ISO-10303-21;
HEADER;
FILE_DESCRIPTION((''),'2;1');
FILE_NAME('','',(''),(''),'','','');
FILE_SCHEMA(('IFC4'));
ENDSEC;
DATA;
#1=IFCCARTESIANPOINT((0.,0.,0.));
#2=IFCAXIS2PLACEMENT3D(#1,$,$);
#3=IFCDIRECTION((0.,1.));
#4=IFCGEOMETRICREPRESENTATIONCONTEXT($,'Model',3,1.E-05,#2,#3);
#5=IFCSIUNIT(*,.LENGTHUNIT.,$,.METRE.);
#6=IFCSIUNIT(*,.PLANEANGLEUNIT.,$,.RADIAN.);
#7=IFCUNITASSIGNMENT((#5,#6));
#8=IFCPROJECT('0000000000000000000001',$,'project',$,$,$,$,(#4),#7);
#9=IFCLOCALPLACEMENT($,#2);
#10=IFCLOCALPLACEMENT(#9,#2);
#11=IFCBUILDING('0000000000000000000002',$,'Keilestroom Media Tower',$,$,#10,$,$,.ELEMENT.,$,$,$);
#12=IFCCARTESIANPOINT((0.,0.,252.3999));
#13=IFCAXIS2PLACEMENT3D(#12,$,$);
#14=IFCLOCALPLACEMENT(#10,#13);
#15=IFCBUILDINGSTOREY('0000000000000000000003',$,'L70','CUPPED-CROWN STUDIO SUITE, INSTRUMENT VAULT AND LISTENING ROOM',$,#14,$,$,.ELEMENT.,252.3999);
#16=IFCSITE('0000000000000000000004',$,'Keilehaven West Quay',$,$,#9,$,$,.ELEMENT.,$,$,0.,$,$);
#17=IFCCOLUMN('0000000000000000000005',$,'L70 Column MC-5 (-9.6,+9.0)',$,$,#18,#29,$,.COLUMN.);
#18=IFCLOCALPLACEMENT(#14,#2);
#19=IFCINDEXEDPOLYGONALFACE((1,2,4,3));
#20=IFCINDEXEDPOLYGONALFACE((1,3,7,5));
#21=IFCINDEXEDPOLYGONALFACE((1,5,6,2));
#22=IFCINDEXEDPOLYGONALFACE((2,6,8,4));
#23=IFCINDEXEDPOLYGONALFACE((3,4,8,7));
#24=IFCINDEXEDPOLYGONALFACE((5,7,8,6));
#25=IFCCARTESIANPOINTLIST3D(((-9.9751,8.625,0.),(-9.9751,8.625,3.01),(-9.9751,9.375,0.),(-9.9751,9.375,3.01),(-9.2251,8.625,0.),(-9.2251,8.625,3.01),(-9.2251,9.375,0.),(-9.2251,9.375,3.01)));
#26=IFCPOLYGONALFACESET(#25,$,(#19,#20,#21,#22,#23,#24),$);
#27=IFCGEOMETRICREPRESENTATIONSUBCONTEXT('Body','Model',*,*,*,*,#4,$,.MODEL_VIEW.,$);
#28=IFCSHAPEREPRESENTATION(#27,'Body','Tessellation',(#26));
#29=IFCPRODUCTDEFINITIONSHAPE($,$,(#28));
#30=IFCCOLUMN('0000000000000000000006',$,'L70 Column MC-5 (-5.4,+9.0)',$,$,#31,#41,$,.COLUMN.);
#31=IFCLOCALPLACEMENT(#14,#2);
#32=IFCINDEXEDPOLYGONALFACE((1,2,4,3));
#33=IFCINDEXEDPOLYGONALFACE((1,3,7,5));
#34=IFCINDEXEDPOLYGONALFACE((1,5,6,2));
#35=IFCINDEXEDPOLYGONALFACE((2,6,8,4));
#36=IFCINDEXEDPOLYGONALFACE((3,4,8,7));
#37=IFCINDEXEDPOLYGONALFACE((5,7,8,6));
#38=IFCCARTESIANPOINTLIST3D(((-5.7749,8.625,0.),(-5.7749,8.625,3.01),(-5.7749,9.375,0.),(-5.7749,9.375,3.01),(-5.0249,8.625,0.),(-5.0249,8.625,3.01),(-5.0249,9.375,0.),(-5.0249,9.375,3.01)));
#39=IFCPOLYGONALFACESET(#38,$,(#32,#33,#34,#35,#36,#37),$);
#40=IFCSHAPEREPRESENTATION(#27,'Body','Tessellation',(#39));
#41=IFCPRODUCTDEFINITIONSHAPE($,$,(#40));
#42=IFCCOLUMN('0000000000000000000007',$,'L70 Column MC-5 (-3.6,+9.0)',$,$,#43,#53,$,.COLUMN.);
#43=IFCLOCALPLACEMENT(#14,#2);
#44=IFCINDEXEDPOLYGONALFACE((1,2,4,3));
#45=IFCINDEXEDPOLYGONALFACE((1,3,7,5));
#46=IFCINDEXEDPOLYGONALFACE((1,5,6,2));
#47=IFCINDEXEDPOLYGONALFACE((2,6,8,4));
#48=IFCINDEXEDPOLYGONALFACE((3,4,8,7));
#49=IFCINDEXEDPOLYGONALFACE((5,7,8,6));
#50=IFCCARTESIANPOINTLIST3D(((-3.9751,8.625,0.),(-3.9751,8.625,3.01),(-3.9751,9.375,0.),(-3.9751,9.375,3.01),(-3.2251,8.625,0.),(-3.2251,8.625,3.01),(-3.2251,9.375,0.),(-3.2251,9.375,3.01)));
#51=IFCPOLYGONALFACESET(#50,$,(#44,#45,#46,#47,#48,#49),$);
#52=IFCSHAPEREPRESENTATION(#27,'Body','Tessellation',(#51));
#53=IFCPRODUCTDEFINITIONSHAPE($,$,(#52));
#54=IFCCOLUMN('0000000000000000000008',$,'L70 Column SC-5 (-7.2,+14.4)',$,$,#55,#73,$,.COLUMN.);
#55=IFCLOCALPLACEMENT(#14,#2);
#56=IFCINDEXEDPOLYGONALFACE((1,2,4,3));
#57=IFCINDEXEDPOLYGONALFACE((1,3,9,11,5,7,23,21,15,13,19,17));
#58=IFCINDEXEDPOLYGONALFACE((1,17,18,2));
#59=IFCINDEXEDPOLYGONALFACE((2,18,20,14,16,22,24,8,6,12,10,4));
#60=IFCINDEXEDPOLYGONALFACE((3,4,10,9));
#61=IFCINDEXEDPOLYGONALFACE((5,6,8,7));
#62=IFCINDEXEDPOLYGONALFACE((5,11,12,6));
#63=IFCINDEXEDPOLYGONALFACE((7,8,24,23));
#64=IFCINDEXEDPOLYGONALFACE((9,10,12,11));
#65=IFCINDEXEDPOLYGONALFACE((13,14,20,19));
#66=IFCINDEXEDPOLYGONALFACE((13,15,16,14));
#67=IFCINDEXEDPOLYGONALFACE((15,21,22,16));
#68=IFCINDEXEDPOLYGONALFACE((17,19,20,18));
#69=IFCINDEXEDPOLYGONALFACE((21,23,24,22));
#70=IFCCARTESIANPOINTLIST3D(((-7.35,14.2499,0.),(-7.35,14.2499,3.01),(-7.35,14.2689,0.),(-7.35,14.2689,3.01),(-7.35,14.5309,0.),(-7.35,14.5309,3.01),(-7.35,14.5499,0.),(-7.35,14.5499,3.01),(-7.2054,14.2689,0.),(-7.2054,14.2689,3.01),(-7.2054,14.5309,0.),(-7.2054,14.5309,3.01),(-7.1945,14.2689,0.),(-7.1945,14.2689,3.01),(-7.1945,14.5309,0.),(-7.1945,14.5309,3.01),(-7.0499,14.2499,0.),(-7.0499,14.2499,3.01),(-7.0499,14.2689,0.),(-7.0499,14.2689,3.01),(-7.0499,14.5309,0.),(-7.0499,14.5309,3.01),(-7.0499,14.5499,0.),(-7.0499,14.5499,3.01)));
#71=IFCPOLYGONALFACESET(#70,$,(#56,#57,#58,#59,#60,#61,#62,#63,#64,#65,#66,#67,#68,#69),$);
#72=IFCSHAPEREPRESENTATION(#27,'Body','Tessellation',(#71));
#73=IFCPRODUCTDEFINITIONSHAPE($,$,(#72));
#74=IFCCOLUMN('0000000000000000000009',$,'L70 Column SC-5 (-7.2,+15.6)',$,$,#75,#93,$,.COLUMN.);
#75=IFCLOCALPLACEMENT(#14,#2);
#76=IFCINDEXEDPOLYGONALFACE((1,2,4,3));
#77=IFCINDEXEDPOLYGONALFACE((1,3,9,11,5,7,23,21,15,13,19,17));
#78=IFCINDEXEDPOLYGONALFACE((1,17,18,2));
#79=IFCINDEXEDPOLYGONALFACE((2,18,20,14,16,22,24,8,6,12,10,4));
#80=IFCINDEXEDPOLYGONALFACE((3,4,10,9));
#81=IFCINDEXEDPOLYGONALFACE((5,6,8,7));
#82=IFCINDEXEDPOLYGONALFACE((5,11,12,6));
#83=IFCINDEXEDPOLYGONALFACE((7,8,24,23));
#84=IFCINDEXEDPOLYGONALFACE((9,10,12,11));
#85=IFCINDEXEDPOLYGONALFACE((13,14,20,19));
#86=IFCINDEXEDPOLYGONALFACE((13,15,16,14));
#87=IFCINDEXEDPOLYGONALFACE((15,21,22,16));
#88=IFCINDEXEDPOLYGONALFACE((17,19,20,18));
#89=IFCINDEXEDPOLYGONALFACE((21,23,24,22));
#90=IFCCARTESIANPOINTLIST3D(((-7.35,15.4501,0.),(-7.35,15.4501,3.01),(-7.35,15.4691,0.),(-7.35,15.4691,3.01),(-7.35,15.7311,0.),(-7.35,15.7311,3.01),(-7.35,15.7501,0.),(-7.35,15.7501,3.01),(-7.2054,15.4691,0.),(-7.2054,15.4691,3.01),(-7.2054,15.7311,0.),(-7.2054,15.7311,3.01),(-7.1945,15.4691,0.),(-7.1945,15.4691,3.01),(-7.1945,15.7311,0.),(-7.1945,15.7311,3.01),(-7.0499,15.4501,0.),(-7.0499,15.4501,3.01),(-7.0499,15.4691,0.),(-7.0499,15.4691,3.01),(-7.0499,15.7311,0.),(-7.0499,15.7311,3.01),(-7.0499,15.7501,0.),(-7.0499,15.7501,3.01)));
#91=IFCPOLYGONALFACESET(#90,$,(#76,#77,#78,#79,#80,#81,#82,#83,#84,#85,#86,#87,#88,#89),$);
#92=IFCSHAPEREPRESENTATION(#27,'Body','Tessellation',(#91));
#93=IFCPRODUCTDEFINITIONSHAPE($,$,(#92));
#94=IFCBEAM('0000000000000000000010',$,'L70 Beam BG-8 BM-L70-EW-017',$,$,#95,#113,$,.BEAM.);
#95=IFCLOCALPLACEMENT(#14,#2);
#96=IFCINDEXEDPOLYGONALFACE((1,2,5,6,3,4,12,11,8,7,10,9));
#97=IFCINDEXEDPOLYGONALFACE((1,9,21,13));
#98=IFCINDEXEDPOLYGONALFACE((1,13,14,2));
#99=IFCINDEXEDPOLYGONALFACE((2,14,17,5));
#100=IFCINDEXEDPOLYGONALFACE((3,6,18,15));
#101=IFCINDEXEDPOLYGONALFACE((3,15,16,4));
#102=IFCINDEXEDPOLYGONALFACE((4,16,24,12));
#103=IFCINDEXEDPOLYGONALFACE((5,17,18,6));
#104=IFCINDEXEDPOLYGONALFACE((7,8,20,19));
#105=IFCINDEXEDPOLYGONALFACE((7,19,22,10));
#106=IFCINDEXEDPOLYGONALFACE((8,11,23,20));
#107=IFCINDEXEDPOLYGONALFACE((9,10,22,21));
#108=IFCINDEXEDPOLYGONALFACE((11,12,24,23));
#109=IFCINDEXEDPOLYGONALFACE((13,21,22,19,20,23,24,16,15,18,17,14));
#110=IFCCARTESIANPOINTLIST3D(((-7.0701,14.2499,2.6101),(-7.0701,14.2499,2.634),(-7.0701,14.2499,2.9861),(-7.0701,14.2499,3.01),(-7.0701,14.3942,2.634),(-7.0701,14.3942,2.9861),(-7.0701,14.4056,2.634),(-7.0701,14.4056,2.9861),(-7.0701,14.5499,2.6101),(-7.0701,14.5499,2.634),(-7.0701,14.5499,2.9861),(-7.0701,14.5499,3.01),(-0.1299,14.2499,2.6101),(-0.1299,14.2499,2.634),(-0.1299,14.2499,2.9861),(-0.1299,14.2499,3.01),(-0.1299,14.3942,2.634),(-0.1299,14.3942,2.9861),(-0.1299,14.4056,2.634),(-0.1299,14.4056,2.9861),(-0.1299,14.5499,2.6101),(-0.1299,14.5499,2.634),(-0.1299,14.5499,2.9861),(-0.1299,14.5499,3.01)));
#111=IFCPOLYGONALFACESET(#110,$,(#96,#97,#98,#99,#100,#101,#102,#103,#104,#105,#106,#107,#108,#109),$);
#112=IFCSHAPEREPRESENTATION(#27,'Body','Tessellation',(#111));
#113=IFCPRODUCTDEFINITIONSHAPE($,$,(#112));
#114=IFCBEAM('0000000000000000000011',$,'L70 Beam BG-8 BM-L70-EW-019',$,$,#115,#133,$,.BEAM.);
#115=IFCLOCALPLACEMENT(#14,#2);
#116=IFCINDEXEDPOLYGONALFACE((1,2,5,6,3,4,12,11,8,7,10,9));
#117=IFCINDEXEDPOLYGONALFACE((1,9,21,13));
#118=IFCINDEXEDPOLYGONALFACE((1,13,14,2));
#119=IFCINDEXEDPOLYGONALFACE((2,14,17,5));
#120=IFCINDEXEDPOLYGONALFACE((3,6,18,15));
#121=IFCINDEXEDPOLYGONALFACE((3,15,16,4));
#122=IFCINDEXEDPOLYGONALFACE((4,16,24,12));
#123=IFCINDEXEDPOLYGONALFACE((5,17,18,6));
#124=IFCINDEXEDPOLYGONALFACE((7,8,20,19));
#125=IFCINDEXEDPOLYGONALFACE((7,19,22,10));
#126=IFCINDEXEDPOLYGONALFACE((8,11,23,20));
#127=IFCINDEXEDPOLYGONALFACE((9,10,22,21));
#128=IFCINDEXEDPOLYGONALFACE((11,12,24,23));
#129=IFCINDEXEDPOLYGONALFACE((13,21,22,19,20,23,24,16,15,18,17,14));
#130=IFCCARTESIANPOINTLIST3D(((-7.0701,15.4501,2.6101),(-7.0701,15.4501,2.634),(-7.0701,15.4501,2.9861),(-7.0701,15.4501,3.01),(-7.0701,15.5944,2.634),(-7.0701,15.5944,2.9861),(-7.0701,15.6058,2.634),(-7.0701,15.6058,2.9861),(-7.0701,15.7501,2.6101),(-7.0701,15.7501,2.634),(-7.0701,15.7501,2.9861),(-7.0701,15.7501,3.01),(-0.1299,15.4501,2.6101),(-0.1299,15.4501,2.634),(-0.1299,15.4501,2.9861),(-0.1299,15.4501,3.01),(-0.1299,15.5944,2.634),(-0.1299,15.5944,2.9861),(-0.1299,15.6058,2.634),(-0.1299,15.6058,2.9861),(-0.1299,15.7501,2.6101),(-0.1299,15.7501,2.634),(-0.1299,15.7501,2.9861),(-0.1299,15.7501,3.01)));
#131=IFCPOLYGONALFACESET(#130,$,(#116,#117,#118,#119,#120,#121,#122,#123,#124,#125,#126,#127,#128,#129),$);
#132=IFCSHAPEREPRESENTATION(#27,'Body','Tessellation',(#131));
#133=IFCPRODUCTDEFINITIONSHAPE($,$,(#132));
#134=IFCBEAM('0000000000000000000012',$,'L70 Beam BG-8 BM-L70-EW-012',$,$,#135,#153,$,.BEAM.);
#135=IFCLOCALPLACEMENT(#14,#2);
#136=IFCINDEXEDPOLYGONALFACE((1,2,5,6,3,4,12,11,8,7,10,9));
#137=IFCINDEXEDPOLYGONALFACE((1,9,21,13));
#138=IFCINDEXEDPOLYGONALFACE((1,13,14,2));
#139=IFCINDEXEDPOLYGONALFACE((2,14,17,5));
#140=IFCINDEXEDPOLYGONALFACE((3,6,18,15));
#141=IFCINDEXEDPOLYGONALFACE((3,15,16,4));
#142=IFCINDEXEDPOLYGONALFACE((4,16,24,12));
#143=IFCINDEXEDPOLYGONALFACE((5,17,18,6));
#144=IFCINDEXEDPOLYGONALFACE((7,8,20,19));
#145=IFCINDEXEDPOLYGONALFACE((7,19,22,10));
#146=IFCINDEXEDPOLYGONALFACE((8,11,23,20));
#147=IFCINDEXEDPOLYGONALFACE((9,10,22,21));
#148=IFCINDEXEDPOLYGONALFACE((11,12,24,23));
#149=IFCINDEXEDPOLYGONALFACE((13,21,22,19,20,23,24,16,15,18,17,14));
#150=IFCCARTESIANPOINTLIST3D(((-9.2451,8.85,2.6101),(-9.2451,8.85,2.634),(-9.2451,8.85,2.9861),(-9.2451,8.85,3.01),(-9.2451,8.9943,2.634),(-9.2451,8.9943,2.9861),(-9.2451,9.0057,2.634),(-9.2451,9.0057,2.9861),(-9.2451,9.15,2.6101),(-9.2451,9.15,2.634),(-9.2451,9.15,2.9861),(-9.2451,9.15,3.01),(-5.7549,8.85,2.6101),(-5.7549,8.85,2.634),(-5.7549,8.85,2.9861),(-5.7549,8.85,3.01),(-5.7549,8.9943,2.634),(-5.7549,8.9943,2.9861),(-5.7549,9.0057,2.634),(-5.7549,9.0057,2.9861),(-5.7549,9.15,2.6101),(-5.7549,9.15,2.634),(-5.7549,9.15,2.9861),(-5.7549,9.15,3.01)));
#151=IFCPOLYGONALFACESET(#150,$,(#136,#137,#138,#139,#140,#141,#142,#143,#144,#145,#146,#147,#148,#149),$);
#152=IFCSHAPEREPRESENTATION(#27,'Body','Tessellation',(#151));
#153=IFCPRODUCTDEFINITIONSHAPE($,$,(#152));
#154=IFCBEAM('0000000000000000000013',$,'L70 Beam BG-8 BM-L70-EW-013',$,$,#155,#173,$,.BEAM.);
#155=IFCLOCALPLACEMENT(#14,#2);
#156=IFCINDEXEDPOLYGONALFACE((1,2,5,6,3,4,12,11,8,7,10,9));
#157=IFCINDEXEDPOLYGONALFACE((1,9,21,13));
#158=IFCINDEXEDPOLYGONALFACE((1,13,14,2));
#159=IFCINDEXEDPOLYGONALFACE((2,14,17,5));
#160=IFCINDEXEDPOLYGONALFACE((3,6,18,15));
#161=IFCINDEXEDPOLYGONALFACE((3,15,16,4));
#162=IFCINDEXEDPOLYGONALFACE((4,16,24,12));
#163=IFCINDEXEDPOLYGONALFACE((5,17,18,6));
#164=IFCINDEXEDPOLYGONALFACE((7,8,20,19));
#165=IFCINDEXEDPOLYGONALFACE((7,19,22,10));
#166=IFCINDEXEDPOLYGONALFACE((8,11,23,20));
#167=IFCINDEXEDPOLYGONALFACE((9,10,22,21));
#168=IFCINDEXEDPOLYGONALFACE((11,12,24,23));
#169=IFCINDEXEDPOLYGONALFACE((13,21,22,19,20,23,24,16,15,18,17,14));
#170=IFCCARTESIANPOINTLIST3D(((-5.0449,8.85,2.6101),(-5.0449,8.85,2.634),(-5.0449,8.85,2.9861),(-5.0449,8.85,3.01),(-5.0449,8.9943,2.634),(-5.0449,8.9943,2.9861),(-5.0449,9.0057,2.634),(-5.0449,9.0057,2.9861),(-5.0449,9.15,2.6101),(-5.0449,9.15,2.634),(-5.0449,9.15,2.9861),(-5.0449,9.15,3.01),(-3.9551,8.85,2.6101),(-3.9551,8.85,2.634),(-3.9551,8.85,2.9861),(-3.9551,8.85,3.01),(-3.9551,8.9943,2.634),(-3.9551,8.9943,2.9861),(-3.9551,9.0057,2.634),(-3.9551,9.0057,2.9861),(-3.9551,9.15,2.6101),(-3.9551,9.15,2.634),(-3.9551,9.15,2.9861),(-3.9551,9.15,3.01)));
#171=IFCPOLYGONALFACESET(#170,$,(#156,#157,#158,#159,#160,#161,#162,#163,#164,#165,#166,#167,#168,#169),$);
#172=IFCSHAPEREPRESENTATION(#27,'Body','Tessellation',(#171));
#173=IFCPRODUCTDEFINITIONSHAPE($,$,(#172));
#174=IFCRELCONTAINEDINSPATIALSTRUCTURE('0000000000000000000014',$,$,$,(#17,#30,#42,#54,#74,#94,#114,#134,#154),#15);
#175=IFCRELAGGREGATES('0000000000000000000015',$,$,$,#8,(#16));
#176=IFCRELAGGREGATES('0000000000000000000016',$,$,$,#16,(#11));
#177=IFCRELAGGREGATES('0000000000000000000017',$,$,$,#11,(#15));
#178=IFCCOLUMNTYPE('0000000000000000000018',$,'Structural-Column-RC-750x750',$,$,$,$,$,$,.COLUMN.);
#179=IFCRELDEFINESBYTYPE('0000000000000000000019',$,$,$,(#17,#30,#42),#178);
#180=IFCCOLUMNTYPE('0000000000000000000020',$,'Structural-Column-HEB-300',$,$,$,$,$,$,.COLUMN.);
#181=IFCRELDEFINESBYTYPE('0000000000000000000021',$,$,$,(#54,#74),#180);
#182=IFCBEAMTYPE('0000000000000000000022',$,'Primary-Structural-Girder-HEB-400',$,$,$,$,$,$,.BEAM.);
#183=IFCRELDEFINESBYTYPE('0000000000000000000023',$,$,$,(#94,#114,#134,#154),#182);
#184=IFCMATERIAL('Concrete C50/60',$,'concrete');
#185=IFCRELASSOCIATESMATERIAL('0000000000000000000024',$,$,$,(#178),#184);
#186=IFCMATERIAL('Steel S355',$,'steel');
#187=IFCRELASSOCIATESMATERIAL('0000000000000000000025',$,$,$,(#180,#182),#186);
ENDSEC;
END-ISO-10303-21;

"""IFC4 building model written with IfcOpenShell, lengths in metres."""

from ifc_helpers import new_model, si_unit, direction, frame, origin, origin_2d, place, context, subcontext, project, spatial, rectangle, i_section, extrude, source, transform, mapped, material, material_profile, profile_set, type_object, element, save


model = new_model("IFC4")

# Units and contexts
model_context = context("Model", 3, precision=1e-05, world=origin(), true_north=direction((0.0, 1.0)))
body_context = subcontext(model_context, "Body", "Model", "MODEL_VIEW")
ifc_project = project(units=[si_unit("LENGTHUNIT", "METRE"), si_unit("PLANEANGLEUNIT", "RADIAN")], contexts=[model_context])

# Site, building, storey
site_placement = place(None, origin())
site = spatial("IfcSite", under=ifc_project, at=site_placement, Name="Keilehaven West Quay", CompositionType="ELEMENT", RefElevation=0.0)
building_placement = place(site_placement, origin())
building = spatial("IfcBuilding", under=site, at=building_placement, Name="Keilestroom Media Tower", CompositionType="ELEMENT")
storey_placement = place(building_placement, frame((0.0, 0.0, 252.3999)))
storey = spatial("IfcBuildingStorey", under=building, at=storey_placement, Name="L70", Description="CUPPED-CROWN STUDIO SUITE, INSTRUMENT VAULT AND LISTENING ROOM", CompositionType="ELEMENT", Elevation=252.3999)

# Columns
ifc_material_1 = material(Name="Concrete C50/60", Category="concrete")
ifc_material_profile_1 = material_profile(ifc_material_1, rectangle(XDim=0.75, YDim=0.75, at=origin_2d()), Name="RC 750x750")
ifc_profile_set_1 = profile_set([ifc_material_profile_1], Name="Concrete C50/60")
column_type_1 = type_object("IfcColumnType", Name="Structural-Column-RC-750x750", PredefinedType="COLUMN", material=ifc_profile_set_1)
shared_shape_1 = source(origin(), body_context, "Body", "SweptSolid", [
    extrude(rectangle(XDim=0.75, YDim=0.75, at=origin_2d()), origin(), (0.0, 0.0, 1.0), 3.01),
])
for number, where, z_axis, x_axis, name in (
    (1, (-9.6001, 9.0, 0.0), (0.0, 0.0, 1.0), (1.0, 0.0, 0.0), "L70 Column MC-5 (-9.6,+9.0)"),
    (2, (-5.3999, 9.0, 0.0), (0.0, 0.0, 1.0), (1.0, 0.0, 0.0), "L70 Column MC-5 (-5.4,+9.0)"),
    (3, (-3.6001, 9.0, 0.0), (0.0, 0.0, 1.0), (1.0, 0.0, 0.0), "L70 Column MC-5 (-3.6,+9.0)"),
):
    element("IfcColumn", number, at=place(storey_placement, frame(where, z_axis=z_axis, x_axis=x_axis)), inside=storey, type_object=column_type_1, Name=name, PredefinedType="COLUMN", context=body_context, shape_type="MappedRepresentation", body=[
        mapped(shared_shape_1, transform((0.0, 0.0, 0.0), x_axis=(1.0, 0.0, 0.0), y_axis=(0.0, 1.0, 0.0), z_axis=(0.0, 0.0, 1.0), scale=1.0)),
    ])
ifc_material_2 = material(Name="Steel S355", Category="steel")
ifc_material_profile_2 = material_profile(ifc_material_2, i_section(OverallWidth=0.3, OverallDepth=0.3, WebThickness=0.011, FlangeThickness=0.019, at=origin_2d()), Name="HEB 300")
ifc_profile_set_2 = profile_set([ifc_material_profile_2], Name="Steel S355")
column_type_2 = type_object("IfcColumnType", Name="Structural-Column-HEB-300", PredefinedType="COLUMN", material=ifc_profile_set_2)
shared_shape_2 = source(origin(), body_context, "Body", "SweptSolid", [
    extrude(i_section(OverallWidth=0.3, OverallDepth=0.3, WebThickness=0.011, FlangeThickness=0.019, at=origin_2d()), origin(), (0.0, 0.0, 1.0), 3.01),
])
for number, where, z_axis, x_axis, name in (
    (4, (-7.2, 14.3999, 0.0), (0.0, 0.0, 1.0), (1.0, 0.0, 0.0), "L70 Column SC-5 (-7.2,+14.4)"),
    (5, (-7.2, 15.6001, 0.0), (0.0, 0.0, 1.0), (1.0, 0.0, 0.0), "L70 Column SC-5 (-7.2,+15.6)"),
):
    element("IfcColumn", number, at=place(storey_placement, frame(where, z_axis=z_axis, x_axis=x_axis)), inside=storey, type_object=column_type_2, Name=name, PredefinedType="COLUMN", context=body_context, shape_type="MappedRepresentation", body=[
        mapped(shared_shape_2, transform((0.0, 0.0, 0.0), x_axis=(1.0, 0.0, 0.0), y_axis=(0.0, 1.0, 0.0), z_axis=(0.0, 0.0, 1.0), scale=1.0)),
    ])

# Beams
ifc_material_profile_3 = material_profile(ifc_material_2, i_section(OverallWidth=0.3, OverallDepth=0.3999, WebThickness=0.0115, FlangeThickness=0.0239, at=origin_2d()), Name="HEB 400")
ifc_profile_set_3 = profile_set([ifc_material_profile_3], Name="Steel S355")
beam_type = type_object("IfcBeamType", Name="Primary-Structural-Girder-HEB-400", PredefinedType="BEAM", material=ifc_profile_set_3)
shared_shape_3 = source(origin(), body_context, "Body", "SweptSolid", [
    extrude(i_section(OverallWidth=0.3, OverallDepth=0.3999, WebThickness=0.0115, FlangeThickness=0.0239, at=origin_2d()), origin(), (0.0, 0.0, 1.0), 6.9402),
])
for number, where, z_axis, x_axis, name in (
    (6, (-7.0701, 14.3999, 2.8101), (1.0, 0.0, 0.0), (0.0, 1.0, 0.0), "L70 Beam BG-8 BM-L70-EW-017"),
    (7, (-7.0701, 15.6001, 2.8101), (1.0, 0.0, 0.0), (0.0, 1.0, 0.0), "L70 Beam BG-8 BM-L70-EW-019"),
):
    element("IfcBeam", number, at=place(storey_placement, frame(where, z_axis=z_axis, x_axis=x_axis)), inside=storey, type_object=beam_type, Name=name, PredefinedType="BEAM", context=body_context, shape_type="MappedRepresentation", body=[
        mapped(shared_shape_3, transform((0.0, 0.0, 0.0), x_axis=(1.0, 0.0, 0.0), y_axis=(0.0, 1.0, 0.0), z_axis=(0.0, 0.0, 1.0), scale=1.0)),
    ])
shared_shape_4 = source(origin(), body_context, "Body", "SweptSolid", [
    extrude(i_section(OverallWidth=0.3, OverallDepth=0.3999, WebThickness=0.0115, FlangeThickness=0.0239, at=origin_2d()), origin(), (0.0, 0.0, 1.0), 3.4902),
])
beam_1_placement = place(storey_placement, frame((-9.2451, 9.0, 2.8101), z_axis=(1.0, 0.0, 0.0), x_axis=(0.0, 1.0, 0.0)))
element("IfcBeam", 8, at=beam_1_placement, inside=storey, type_object=beam_type, Name="L70 Beam BG-8 BM-L70-EW-012", PredefinedType="BEAM", context=body_context, shape_type="MappedRepresentation", body=[
    mapped(shared_shape_4, transform((0.0, 0.0, 0.0), x_axis=(1.0, 0.0, 0.0), y_axis=(0.0, 1.0, 0.0), z_axis=(0.0, 0.0, 1.0), scale=1.0)),
])
shared_shape_5 = source(origin(), body_context, "Body", "SweptSolid", [
    extrude(i_section(OverallWidth=0.3, OverallDepth=0.3999, WebThickness=0.0115, FlangeThickness=0.0239, at=origin_2d()), origin(), (0.0, 0.0, 1.0), 1.0898),
])
beam_2_placement = place(storey_placement, frame((-5.0449, 9.0, 2.8101), z_axis=(1.0, 0.0, 0.0), x_axis=(0.0, 1.0, 0.0)))
element("IfcBeam", 9, at=beam_2_placement, inside=storey, type_object=beam_type, Name="L70 Beam BG-8 BM-L70-EW-013", PredefinedType="BEAM", context=body_context, shape_type="MappedRepresentation", body=[
    mapped(shared_shape_5, transform((0.0, 0.0, 0.0), x_axis=(1.0, 0.0, 0.0), y_axis=(0.0, 1.0, 0.0), z_axis=(0.0, 0.0, 1.0), scale=1.0)),
])

save(model, "model.ifc")
